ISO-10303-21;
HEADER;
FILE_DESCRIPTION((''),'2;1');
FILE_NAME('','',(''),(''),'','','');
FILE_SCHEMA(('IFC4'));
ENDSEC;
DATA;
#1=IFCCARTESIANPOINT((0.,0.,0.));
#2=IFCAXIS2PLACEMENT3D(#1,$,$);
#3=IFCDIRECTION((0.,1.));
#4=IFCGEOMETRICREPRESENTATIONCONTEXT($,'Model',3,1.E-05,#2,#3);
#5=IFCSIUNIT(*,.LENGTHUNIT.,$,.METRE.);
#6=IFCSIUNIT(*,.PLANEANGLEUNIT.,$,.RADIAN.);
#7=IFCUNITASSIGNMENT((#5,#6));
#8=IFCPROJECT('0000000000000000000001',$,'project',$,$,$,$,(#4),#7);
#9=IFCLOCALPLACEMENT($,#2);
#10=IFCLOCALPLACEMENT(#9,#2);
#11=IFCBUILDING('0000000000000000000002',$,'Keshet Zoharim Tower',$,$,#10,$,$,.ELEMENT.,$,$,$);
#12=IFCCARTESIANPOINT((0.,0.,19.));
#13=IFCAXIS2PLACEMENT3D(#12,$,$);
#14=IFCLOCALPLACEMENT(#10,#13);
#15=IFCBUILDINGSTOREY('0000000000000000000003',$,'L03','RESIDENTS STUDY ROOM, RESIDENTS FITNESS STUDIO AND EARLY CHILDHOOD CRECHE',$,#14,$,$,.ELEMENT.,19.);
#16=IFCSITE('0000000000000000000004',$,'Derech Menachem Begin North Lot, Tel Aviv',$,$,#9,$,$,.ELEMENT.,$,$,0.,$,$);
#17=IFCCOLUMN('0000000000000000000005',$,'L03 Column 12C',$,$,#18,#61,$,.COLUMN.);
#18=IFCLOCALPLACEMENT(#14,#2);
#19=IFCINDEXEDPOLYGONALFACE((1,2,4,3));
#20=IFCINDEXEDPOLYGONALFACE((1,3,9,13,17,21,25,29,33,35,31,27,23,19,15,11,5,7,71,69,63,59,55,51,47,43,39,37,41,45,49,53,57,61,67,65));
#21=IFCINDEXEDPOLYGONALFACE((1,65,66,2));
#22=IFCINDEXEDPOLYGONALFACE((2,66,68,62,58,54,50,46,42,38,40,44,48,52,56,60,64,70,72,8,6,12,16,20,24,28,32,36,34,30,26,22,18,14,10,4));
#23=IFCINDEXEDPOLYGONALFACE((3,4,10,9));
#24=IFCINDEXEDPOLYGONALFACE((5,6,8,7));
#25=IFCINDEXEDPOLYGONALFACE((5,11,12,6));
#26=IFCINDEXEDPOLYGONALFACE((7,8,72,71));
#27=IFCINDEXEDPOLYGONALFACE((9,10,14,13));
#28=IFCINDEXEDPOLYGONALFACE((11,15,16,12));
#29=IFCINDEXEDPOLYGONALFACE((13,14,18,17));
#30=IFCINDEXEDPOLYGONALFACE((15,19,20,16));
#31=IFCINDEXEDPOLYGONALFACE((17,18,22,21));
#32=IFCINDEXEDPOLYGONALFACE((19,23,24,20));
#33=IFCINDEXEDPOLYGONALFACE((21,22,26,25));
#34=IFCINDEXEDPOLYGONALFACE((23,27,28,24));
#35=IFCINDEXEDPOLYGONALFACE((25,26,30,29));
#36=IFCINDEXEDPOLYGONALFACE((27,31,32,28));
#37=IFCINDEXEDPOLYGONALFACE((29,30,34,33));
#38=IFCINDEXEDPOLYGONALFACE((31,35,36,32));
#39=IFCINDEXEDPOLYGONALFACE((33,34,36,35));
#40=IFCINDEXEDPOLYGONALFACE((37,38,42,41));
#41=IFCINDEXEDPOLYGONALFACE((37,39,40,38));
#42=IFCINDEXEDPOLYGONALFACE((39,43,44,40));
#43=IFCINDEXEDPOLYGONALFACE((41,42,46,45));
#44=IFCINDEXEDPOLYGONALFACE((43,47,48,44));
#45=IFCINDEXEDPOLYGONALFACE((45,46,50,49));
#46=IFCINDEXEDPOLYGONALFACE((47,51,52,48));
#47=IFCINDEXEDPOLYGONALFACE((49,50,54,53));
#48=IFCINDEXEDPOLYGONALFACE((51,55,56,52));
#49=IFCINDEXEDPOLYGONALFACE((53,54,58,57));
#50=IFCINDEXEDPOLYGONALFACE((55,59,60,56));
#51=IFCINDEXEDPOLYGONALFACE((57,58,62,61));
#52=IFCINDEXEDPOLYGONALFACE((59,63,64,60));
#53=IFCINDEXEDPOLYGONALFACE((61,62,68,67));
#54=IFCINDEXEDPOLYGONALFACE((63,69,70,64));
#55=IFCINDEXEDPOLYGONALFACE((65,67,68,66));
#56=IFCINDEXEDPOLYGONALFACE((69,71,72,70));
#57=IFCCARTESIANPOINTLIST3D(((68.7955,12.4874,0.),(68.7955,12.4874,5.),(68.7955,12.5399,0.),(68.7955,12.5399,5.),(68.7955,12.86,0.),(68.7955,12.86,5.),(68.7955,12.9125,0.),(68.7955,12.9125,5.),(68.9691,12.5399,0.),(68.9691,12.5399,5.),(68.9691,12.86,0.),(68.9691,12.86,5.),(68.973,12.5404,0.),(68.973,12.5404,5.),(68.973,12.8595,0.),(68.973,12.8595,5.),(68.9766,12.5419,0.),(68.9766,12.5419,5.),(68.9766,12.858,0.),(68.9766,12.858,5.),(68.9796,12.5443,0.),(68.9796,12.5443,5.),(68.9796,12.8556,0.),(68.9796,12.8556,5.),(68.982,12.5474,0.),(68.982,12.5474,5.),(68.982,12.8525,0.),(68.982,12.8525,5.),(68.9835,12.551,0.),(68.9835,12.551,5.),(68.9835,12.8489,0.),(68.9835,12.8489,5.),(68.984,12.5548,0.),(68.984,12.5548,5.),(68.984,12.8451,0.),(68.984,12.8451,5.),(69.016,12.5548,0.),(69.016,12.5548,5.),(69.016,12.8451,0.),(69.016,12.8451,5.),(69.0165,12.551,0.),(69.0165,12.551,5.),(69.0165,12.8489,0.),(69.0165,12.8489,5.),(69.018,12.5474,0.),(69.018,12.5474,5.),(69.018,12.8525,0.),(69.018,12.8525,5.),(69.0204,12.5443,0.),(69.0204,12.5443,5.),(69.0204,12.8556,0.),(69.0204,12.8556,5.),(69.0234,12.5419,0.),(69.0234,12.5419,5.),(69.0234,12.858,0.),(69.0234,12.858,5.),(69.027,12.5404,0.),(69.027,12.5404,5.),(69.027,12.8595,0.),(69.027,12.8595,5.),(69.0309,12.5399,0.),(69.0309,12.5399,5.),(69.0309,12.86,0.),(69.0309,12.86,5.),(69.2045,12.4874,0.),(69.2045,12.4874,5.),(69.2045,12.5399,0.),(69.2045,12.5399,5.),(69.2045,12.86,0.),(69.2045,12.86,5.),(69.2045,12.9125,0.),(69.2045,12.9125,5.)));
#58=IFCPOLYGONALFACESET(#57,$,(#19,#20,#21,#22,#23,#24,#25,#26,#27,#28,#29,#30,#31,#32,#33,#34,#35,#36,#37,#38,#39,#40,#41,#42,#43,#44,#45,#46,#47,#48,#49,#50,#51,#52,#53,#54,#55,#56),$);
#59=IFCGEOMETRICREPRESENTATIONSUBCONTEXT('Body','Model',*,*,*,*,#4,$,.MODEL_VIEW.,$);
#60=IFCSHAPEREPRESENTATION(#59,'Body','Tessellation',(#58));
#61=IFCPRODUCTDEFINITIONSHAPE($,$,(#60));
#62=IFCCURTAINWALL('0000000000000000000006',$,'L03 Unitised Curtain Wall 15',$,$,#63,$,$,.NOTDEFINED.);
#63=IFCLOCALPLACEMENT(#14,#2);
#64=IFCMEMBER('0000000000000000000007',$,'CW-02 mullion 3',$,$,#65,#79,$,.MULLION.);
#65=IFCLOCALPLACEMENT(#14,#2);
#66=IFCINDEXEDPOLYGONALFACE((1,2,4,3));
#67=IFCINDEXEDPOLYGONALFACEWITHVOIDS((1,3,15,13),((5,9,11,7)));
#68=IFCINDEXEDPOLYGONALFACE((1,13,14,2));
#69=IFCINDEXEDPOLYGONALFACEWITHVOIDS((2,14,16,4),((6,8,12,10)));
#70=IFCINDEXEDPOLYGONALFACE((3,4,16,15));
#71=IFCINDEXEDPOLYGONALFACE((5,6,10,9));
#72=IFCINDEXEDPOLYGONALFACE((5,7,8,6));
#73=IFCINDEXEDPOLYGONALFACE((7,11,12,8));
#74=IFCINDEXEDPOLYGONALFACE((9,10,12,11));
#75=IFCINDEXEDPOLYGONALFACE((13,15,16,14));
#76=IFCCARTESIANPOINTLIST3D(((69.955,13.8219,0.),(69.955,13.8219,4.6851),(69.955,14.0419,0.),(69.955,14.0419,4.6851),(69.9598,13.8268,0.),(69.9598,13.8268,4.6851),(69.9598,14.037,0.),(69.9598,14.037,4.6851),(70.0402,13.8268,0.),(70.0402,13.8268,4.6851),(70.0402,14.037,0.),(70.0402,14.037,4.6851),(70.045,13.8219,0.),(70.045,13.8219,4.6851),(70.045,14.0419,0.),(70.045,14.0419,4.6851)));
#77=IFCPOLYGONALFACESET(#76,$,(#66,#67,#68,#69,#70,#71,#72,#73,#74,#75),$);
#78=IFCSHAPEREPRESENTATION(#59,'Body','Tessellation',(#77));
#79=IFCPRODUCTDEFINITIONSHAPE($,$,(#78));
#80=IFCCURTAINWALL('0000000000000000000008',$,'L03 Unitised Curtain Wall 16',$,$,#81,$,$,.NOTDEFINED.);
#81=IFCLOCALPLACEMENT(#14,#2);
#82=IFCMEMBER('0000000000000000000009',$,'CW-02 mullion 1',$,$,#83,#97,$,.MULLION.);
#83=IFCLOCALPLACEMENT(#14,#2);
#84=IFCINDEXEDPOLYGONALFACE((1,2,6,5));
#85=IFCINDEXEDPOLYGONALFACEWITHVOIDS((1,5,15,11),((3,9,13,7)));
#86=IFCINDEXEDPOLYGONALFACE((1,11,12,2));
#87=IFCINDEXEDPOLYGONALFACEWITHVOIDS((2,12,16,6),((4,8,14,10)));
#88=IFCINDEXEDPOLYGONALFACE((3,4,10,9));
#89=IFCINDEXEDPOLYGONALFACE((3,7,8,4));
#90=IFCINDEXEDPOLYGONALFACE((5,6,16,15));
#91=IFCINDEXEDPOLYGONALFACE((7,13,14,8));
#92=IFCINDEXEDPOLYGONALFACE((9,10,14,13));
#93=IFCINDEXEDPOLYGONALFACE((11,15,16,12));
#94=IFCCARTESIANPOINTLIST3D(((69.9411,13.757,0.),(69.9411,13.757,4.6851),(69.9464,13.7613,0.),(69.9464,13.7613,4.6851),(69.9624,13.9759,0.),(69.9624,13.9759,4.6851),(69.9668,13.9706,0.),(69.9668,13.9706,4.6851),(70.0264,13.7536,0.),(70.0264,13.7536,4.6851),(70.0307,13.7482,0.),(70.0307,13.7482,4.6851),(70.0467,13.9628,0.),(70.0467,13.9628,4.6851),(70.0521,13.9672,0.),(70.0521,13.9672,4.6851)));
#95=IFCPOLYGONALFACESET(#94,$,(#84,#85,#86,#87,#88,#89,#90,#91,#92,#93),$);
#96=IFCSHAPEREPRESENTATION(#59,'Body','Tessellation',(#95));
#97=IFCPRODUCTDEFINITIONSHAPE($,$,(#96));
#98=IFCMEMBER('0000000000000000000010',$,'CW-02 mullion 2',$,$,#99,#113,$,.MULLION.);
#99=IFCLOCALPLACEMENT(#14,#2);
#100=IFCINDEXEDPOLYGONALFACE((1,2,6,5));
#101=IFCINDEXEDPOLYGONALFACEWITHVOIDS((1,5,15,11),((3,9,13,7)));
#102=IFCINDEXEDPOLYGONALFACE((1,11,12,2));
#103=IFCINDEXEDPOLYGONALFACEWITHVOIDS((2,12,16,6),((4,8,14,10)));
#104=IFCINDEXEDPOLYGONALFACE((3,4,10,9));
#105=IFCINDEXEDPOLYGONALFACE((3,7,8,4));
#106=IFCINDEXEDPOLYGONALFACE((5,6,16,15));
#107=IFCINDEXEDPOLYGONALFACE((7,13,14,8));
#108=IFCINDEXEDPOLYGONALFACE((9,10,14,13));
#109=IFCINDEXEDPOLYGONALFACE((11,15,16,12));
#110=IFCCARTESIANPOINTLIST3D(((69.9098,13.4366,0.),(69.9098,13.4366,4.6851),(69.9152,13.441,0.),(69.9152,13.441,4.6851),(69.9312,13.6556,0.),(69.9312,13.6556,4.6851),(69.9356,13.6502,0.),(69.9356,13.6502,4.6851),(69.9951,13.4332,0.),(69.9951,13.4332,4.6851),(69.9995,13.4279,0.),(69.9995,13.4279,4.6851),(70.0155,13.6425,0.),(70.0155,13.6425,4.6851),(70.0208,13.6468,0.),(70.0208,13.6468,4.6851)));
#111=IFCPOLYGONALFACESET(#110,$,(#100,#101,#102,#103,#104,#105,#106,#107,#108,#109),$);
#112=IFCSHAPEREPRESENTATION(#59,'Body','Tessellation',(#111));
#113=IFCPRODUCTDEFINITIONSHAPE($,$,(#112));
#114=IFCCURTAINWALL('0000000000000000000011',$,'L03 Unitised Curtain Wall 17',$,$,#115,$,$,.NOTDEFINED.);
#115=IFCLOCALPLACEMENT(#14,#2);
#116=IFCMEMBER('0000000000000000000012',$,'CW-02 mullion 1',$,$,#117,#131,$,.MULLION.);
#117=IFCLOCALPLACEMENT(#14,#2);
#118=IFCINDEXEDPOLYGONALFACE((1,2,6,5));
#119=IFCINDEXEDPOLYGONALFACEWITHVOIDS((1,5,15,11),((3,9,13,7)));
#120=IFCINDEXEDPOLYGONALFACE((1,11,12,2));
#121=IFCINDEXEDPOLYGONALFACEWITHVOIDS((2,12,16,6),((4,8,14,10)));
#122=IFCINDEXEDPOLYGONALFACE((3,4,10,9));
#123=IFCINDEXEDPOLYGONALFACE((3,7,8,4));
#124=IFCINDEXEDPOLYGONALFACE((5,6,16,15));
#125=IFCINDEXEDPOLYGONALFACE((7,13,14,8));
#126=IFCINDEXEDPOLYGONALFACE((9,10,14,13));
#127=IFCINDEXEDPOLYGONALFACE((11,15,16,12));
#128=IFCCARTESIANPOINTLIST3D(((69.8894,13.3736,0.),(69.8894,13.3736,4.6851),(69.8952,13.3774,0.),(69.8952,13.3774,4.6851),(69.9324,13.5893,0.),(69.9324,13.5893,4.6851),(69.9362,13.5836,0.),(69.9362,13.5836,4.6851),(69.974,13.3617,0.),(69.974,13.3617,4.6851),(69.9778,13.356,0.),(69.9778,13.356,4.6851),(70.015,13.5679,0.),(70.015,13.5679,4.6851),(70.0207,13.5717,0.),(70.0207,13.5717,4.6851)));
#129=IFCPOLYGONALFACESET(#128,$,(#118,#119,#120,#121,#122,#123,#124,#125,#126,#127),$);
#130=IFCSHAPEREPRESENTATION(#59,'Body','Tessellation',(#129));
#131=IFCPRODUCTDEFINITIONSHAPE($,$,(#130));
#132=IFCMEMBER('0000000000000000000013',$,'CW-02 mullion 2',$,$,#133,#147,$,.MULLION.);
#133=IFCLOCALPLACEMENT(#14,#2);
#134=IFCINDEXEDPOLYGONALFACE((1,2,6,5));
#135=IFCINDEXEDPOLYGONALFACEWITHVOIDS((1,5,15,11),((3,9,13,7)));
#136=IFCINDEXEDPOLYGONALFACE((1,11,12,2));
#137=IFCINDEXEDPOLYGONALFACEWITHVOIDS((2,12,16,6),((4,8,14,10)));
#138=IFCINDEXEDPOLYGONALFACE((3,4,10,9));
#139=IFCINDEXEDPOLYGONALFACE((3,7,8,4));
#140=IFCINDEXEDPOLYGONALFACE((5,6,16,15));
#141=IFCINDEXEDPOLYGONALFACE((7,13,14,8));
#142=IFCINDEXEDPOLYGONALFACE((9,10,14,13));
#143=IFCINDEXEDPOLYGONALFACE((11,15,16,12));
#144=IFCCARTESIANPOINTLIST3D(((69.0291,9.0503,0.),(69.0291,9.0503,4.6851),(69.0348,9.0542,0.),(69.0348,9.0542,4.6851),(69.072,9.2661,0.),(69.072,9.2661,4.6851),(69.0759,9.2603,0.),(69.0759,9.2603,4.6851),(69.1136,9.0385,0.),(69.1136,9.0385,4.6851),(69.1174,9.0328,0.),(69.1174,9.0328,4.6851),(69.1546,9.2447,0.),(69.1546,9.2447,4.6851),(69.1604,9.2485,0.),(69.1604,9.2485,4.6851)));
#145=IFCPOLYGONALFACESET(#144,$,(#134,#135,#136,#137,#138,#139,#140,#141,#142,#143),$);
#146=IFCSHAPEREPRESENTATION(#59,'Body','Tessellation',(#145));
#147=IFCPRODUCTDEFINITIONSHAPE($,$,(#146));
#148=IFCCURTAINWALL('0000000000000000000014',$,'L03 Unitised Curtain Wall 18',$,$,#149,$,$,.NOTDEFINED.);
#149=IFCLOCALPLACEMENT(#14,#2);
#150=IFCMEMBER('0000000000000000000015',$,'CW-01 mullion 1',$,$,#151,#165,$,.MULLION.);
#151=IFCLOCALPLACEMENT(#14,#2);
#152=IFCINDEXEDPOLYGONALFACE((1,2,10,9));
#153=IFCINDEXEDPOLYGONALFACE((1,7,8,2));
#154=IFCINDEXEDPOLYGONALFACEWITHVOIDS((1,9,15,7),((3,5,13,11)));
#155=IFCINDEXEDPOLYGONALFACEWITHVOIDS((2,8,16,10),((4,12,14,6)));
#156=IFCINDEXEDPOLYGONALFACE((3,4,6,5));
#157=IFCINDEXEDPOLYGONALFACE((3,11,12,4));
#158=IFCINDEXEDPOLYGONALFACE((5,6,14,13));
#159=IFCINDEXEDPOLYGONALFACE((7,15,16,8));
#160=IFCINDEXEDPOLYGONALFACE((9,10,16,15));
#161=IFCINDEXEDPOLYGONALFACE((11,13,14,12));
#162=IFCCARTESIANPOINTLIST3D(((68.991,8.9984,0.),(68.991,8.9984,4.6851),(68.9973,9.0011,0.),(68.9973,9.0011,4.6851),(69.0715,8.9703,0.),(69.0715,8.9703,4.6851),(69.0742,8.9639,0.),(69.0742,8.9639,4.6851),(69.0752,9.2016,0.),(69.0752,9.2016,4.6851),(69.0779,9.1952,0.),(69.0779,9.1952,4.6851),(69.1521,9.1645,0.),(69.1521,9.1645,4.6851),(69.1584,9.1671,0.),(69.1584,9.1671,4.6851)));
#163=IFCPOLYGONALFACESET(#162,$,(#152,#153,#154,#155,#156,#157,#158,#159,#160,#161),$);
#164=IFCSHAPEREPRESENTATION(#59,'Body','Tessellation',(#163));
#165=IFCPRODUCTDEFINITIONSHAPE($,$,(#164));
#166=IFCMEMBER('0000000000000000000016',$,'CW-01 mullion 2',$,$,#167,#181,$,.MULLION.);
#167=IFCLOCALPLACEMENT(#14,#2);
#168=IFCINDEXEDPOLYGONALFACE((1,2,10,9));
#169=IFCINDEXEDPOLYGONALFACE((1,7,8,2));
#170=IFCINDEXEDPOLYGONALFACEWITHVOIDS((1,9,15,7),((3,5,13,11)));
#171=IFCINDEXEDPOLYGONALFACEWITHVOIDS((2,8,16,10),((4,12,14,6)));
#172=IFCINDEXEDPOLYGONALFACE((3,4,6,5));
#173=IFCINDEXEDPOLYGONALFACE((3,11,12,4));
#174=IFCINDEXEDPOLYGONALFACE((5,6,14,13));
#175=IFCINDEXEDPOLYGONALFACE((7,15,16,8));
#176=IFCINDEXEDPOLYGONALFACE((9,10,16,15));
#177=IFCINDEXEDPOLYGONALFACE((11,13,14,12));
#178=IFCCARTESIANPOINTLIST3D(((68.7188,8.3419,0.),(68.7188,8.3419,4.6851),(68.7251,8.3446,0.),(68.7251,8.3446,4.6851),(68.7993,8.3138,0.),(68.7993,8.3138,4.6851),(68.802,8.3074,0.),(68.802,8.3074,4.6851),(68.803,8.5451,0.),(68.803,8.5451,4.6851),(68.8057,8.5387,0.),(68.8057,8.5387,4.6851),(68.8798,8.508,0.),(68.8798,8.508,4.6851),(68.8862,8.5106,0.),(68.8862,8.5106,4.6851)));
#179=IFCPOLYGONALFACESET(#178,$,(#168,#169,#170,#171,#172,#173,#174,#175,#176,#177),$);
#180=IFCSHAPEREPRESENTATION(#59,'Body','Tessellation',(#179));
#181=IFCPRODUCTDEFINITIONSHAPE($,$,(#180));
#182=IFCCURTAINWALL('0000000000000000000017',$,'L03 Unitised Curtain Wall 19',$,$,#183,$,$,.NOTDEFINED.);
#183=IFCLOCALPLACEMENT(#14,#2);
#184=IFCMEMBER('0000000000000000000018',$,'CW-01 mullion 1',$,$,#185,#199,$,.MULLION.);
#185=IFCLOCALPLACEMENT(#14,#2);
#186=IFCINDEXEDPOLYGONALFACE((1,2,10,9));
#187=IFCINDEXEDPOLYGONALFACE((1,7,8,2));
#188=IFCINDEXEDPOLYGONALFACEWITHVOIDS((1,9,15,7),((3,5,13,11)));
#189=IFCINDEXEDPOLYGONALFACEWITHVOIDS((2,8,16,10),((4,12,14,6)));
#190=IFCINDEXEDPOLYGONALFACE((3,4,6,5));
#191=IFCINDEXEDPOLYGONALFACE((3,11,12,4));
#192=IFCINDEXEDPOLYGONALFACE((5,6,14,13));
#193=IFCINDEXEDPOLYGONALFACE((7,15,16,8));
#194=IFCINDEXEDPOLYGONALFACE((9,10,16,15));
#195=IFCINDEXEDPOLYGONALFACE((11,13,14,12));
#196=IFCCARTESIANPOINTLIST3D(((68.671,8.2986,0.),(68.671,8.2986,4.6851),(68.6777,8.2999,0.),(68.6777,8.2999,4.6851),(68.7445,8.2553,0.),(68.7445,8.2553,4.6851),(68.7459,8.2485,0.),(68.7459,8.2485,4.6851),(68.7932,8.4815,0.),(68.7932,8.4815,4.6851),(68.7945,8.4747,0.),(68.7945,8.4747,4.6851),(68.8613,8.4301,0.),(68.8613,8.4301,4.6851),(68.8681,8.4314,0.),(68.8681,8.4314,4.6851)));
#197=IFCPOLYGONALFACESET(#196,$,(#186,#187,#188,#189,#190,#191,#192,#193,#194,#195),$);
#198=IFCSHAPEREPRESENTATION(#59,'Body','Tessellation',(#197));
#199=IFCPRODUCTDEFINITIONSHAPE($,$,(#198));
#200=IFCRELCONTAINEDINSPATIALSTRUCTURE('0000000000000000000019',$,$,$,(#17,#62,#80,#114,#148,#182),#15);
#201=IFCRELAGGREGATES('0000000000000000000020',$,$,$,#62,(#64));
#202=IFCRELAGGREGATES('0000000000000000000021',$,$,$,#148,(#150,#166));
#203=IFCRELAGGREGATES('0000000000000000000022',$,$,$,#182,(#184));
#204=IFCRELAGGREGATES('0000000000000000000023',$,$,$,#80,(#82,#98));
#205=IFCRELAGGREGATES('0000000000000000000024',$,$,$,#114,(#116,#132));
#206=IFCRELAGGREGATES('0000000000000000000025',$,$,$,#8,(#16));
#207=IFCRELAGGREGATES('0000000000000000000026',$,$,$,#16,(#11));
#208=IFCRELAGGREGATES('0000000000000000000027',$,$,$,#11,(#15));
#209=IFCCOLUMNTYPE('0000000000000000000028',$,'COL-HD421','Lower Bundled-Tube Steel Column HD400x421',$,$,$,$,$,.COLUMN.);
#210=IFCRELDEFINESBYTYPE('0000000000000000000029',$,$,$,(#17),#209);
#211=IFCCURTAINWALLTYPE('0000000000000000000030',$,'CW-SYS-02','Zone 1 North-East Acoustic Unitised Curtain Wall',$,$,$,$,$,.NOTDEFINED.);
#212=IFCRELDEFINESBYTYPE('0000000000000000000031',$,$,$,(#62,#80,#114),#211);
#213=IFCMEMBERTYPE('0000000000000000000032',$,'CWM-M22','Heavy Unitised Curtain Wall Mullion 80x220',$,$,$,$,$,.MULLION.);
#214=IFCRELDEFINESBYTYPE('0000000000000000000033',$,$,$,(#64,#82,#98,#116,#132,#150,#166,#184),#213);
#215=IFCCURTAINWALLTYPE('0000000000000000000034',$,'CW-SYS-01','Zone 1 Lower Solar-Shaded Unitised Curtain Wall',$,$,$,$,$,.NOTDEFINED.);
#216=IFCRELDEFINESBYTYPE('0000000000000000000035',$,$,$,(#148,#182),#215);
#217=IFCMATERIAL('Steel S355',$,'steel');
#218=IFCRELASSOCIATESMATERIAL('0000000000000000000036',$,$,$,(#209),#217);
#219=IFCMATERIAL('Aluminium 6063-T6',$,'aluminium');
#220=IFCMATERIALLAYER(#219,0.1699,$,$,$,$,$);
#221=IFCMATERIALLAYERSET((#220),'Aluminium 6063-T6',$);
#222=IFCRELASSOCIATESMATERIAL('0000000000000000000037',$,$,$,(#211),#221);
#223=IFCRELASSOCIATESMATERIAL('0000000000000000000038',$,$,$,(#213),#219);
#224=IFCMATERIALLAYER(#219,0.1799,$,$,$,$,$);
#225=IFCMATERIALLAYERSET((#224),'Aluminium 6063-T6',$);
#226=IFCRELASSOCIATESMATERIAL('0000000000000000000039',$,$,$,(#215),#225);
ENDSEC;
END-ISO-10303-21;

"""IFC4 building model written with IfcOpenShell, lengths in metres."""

from ifc_helpers import new_model, si_unit, direction, frame, origin, origin_2d, place, context, subcontext, project, spatial, hollow_rectangle, i_section, extrude, material, layer, layer_set, material_profile, profile_set, type_object, element, aggregate, save


model = new_model("IFC4")

# Units and contexts
model_context = context("Model", 3, precision=1e-05, world=origin(), true_north=direction((0.0, 1.0)))
body_context = subcontext(model_context, "Body", "Model", "MODEL_VIEW")
ifc_project = project(units=[si_unit("LENGTHUNIT", "METRE"), si_unit("PLANEANGLEUNIT", "RADIAN")], contexts=[model_context])

# Site, building, storey
site_placement = place(None, origin())
site = spatial("IfcSite", under=ifc_project, at=site_placement, Name="Derech Menachem Begin North Lot, Tel Aviv", CompositionType="ELEMENT", RefElevation=0.0)
building_placement = place(site_placement, origin())
building = spatial("IfcBuilding", under=site, at=building_placement, Name="Keshet Zoharim Tower", CompositionType="ELEMENT")
storey_placement = place(building_placement, frame((0.0, 0.0, 19.0)))
storey = spatial("IfcBuildingStorey", under=building, at=storey_placement, Name="L03", Description="RESIDENTS STUDY ROOM, RESIDENTS FITNESS STUDIO AND EARLY CHILDHOOD CRECHE", CompositionType="ELEMENT", Elevation=19.0)

# Column
ifc_material_1 = material(Name="Steel S355", Category="steel")
ifc_material_profile_1 = material_profile(ifc_material_1, i_section(OverallWidth=0.4089, OverallDepth=0.425, WebThickness=0.032, FlangeThickness=0.0525, FilletRadius=0.0149, at=origin_2d()), Name="HD400x421")
ifc_profile_set_1 = profile_set([ifc_material_profile_1], Name="Steel S355")
column_type = type_object("IfcColumnType", Name="COL-HD421", Description="Lower Bundled-Tube Steel Column HD400x421", PredefinedType="COLUMN", material=ifc_profile_set_1)
column_placement = place(storey_placement, frame((69.0, 12.7, 0.0), z_axis=(0.0, 0.0, 1.0), x_axis=(1.0, 0.0, 0.0)))
element("IfcColumn", 1, at=column_placement, inside=storey, type_object=column_type, Name="L03 Column 12C", PredefinedType="COLUMN", context=body_context, shape_type="SweptSolid", body=[
    extrude(i_section(OverallWidth=0.4089, OverallDepth=0.425, WebThickness=0.032, FlangeThickness=0.0525, FilletRadius=0.0149, at=origin_2d()), origin(), (0.0, 0.0, 1.0), 5.0),
])

# Curtain wall, member
ifc_material_2 = material(Name="Aluminium 6063-T6", Category="aluminium")
ifc_layer_1 = layer(ifc_material_2, 0.1699)
ifc_layer_set_1 = layer_set([ifc_layer_1], Name="Aluminium 6063-T6")
curtain_wall_type_1 = type_object("IfcCurtainWallType", Name="CW-SYS-02", Description="Zone 1 North-East Acoustic Unitised Curtain Wall", PredefinedType="NOTDEFINED", material=ifc_layer_set_1)
curtain_wall_1_placement = place(storey_placement, origin())
curtain_wall_1 = element("IfcCurtainWall", 2, at=curtain_wall_1_placement, inside=storey, type_object=curtain_wall_type_1, Name="L03 Unitised Curtain Wall 15", PredefinedType="NOTDEFINED")
ifc_material_profile_2 = material_profile(ifc_material_2, hollow_rectangle(XDim=0.0901, YDim=0.22, WallThickness=0.0049, at=origin_2d()), Name="MUL-90x220")
ifc_profile_set_2 = profile_set([ifc_material_profile_2], Name="Aluminium 6063-T6")
member_type_1 = type_object("IfcMemberType", Name="CWM-M22", Description="Heavy Unitised Curtain Wall Mullion 80x220", PredefinedType="MULLION", material=ifc_profile_set_2)
member_1_placement = place(storey_placement, frame((70.0, 13.9319, 0.0), z_axis=(0.0, 0.0, 1.0), x_axis=(1.0, 0.0, 0.0)))
member_1 = element("IfcMember", 3, at=member_1_placement, type_object=member_type_1, Name="CW-02 mullion 3", PredefinedType="MULLION", context=body_context, shape_type="SweptSolid", body=[
    extrude(hollow_rectangle(XDim=0.0901, YDim=0.22, WallThickness=0.0049, at=origin_2d()), origin(), (0.0, 0.0, 1.0), 4.6851),
])
aggregate(curtain_wall_1, [member_1])

# Curtain walls, members
curtain_wall_2_placement = place(storey_placement, origin())
curtain_wall_2 = element("IfcCurtainWall", 4, at=curtain_wall_2_placement, inside=storey, type_object=curtain_wall_type_1, Name="L03 Unitised Curtain Wall 16", PredefinedType="NOTDEFINED")
member_2_placement = place(storey_placement, frame((69.9966, 13.8621, 0.0), z_axis=(0.0, 0.0, 1.0), x_axis=(0.995287, -0.096977, 0.0)))
member_2 = element("IfcMember", 5, at=member_2_placement, type_object=member_type_1, Name="CW-02 mullion 1", PredefinedType="MULLION", context=body_context, shape_type="SweptSolid", body=[
    extrude(hollow_rectangle(XDim=0.0901, YDim=0.22, WallThickness=0.0049, at=origin_2d()), origin(), (0.0, 0.0, 1.0), 4.6851),
])
member_3_placement = place(storey_placement, frame((69.9653, 13.5417, 0.0), z_axis=(0.0, 0.0, 1.0), x_axis=(0.995287, -0.096977, 0.0)))
member_3 = element("IfcMember", 6, at=member_3_placement, type_object=member_type_1, Name="CW-02 mullion 2", PredefinedType="MULLION", context=body_context, shape_type="SweptSolid", body=[
    extrude(hollow_rectangle(XDim=0.0901, YDim=0.22, WallThickness=0.0049, at=origin_2d()), origin(), (0.0, 0.0, 1.0), 4.6851),
])
curtain_wall_3_placement = place(storey_placement, origin())
curtain_wall_3 = element("IfcCurtainWall", 7, at=curtain_wall_3_placement, inside=storey, type_object=curtain_wall_type_1, Name="L03 Unitised Curtain Wall 17", PredefinedType="NOTDEFINED")
member_4_placement = place(storey_placement, frame((69.9551, 13.4727, 0.0), z_axis=(0.0, 0.0, 1.0), x_axis=(0.980769, -0.195171, 0.0)))
member_4 = element("IfcMember", 8, at=member_4_placement, type_object=member_type_1, Name="CW-02 mullion 1", PredefinedType="MULLION", context=body_context, shape_type="SweptSolid", body=[
    extrude(hollow_rectangle(XDim=0.0901, YDim=0.22, WallThickness=0.0049, at=origin_2d()), origin(), (0.0, 0.0, 1.0), 4.6851),
])
member_5_placement = place(storey_placement, frame((69.0947, 9.1494, 0.0), z_axis=(0.0, 0.0, 1.0), x_axis=(0.980769, -0.195171, 0.0)))
member_5 = element("IfcMember", 9, at=member_5_placement, type_object=member_type_1, Name="CW-02 mullion 2", PredefinedType="MULLION", context=body_context, shape_type="SweptSolid", body=[
    extrude(hollow_rectangle(XDim=0.0901, YDim=0.22, WallThickness=0.0049, at=origin_2d()), origin(), (0.0, 0.0, 1.0), 4.6851),
])
ifc_layer_2 = layer(ifc_material_2, 0.1799)
ifc_layer_set_2 = layer_set([ifc_layer_2], Name="Aluminium 6063-T6")
curtain_wall_type_2 = type_object("IfcCurtainWallType", Name="CW-SYS-01", Description="Zone 1 Lower Solar-Shaded Unitised Curtain Wall", PredefinedType="NOTDEFINED", material=ifc_layer_set_2)
curtain_wall_4_placement = place(storey_placement, origin())
curtain_wall_4 = element("IfcCurtainWall", 10, at=curtain_wall_4_placement, inside=storey, type_object=curtain_wall_type_2, Name="L03 Unitised Curtain Wall 18", PredefinedType="NOTDEFINED")
member_6_placement = place(storey_placement, frame((69.0747, 9.0828, 0.0), z_axis=(0.0, 0.0, 1.0), x_axis=(0.92372, -0.383068, 0.0)))
member_6 = element("IfcMember", 11, at=member_6_placement, type_object=member_type_1, Name="CW-01 mullion 1", PredefinedType="MULLION", context=body_context, shape_type="SweptSolid", body=[
    extrude(hollow_rectangle(XDim=0.0901, YDim=0.22, WallThickness=0.0049, at=origin_2d()), origin(), (0.0, 0.0, 1.0), 4.6851),
])
member_7_placement = place(storey_placement, frame((68.8025, 8.4263, 0.0), z_axis=(0.0, 0.0, 1.0), x_axis=(0.92372, -0.383068, 0.0)))
member_7 = element("IfcMember", 12, at=member_7_placement, type_object=member_type_1, Name="CW-01 mullion 2", PredefinedType="MULLION", context=body_context, shape_type="SweptSolid", body=[
    extrude(hollow_rectangle(XDim=0.0901, YDim=0.22, WallThickness=0.0049, at=origin_2d()), origin(), (0.0, 0.0, 1.0), 4.6851),
])
curtain_wall_5_placement = place(storey_placement, origin())
curtain_wall_5 = element("IfcCurtainWall", 13, at=curtain_wall_5_placement, inside=storey, type_object=curtain_wall_type_2, Name="L03 Unitised Curtain Wall 19", PredefinedType="NOTDEFINED")
member_8_placement = place(storey_placement, frame((68.7695, 8.365, 0.0), z_axis=(0.0, 0.0, 1.0), x_axis=(0.831474, -0.555563, 0.0)))
member_8 = element("IfcMember", 14, at=member_8_placement, type_object=member_type_1, Name="CW-01 mullion 1", PredefinedType="MULLION", context=body_context, shape_type="SweptSolid", body=[
    extrude(hollow_rectangle(XDim=0.0901, YDim=0.22, WallThickness=0.0049, at=origin_2d()), origin(), (0.0, 0.0, 1.0), 4.6851),
])

aggregate(curtain_wall_4, [member_6, member_7])
aggregate(curtain_wall_5, [member_8])
aggregate(curtain_wall_2, [member_2, member_3])
aggregate(curtain_wall_3, [member_4, member_5])

save(model, "model.ifc")
